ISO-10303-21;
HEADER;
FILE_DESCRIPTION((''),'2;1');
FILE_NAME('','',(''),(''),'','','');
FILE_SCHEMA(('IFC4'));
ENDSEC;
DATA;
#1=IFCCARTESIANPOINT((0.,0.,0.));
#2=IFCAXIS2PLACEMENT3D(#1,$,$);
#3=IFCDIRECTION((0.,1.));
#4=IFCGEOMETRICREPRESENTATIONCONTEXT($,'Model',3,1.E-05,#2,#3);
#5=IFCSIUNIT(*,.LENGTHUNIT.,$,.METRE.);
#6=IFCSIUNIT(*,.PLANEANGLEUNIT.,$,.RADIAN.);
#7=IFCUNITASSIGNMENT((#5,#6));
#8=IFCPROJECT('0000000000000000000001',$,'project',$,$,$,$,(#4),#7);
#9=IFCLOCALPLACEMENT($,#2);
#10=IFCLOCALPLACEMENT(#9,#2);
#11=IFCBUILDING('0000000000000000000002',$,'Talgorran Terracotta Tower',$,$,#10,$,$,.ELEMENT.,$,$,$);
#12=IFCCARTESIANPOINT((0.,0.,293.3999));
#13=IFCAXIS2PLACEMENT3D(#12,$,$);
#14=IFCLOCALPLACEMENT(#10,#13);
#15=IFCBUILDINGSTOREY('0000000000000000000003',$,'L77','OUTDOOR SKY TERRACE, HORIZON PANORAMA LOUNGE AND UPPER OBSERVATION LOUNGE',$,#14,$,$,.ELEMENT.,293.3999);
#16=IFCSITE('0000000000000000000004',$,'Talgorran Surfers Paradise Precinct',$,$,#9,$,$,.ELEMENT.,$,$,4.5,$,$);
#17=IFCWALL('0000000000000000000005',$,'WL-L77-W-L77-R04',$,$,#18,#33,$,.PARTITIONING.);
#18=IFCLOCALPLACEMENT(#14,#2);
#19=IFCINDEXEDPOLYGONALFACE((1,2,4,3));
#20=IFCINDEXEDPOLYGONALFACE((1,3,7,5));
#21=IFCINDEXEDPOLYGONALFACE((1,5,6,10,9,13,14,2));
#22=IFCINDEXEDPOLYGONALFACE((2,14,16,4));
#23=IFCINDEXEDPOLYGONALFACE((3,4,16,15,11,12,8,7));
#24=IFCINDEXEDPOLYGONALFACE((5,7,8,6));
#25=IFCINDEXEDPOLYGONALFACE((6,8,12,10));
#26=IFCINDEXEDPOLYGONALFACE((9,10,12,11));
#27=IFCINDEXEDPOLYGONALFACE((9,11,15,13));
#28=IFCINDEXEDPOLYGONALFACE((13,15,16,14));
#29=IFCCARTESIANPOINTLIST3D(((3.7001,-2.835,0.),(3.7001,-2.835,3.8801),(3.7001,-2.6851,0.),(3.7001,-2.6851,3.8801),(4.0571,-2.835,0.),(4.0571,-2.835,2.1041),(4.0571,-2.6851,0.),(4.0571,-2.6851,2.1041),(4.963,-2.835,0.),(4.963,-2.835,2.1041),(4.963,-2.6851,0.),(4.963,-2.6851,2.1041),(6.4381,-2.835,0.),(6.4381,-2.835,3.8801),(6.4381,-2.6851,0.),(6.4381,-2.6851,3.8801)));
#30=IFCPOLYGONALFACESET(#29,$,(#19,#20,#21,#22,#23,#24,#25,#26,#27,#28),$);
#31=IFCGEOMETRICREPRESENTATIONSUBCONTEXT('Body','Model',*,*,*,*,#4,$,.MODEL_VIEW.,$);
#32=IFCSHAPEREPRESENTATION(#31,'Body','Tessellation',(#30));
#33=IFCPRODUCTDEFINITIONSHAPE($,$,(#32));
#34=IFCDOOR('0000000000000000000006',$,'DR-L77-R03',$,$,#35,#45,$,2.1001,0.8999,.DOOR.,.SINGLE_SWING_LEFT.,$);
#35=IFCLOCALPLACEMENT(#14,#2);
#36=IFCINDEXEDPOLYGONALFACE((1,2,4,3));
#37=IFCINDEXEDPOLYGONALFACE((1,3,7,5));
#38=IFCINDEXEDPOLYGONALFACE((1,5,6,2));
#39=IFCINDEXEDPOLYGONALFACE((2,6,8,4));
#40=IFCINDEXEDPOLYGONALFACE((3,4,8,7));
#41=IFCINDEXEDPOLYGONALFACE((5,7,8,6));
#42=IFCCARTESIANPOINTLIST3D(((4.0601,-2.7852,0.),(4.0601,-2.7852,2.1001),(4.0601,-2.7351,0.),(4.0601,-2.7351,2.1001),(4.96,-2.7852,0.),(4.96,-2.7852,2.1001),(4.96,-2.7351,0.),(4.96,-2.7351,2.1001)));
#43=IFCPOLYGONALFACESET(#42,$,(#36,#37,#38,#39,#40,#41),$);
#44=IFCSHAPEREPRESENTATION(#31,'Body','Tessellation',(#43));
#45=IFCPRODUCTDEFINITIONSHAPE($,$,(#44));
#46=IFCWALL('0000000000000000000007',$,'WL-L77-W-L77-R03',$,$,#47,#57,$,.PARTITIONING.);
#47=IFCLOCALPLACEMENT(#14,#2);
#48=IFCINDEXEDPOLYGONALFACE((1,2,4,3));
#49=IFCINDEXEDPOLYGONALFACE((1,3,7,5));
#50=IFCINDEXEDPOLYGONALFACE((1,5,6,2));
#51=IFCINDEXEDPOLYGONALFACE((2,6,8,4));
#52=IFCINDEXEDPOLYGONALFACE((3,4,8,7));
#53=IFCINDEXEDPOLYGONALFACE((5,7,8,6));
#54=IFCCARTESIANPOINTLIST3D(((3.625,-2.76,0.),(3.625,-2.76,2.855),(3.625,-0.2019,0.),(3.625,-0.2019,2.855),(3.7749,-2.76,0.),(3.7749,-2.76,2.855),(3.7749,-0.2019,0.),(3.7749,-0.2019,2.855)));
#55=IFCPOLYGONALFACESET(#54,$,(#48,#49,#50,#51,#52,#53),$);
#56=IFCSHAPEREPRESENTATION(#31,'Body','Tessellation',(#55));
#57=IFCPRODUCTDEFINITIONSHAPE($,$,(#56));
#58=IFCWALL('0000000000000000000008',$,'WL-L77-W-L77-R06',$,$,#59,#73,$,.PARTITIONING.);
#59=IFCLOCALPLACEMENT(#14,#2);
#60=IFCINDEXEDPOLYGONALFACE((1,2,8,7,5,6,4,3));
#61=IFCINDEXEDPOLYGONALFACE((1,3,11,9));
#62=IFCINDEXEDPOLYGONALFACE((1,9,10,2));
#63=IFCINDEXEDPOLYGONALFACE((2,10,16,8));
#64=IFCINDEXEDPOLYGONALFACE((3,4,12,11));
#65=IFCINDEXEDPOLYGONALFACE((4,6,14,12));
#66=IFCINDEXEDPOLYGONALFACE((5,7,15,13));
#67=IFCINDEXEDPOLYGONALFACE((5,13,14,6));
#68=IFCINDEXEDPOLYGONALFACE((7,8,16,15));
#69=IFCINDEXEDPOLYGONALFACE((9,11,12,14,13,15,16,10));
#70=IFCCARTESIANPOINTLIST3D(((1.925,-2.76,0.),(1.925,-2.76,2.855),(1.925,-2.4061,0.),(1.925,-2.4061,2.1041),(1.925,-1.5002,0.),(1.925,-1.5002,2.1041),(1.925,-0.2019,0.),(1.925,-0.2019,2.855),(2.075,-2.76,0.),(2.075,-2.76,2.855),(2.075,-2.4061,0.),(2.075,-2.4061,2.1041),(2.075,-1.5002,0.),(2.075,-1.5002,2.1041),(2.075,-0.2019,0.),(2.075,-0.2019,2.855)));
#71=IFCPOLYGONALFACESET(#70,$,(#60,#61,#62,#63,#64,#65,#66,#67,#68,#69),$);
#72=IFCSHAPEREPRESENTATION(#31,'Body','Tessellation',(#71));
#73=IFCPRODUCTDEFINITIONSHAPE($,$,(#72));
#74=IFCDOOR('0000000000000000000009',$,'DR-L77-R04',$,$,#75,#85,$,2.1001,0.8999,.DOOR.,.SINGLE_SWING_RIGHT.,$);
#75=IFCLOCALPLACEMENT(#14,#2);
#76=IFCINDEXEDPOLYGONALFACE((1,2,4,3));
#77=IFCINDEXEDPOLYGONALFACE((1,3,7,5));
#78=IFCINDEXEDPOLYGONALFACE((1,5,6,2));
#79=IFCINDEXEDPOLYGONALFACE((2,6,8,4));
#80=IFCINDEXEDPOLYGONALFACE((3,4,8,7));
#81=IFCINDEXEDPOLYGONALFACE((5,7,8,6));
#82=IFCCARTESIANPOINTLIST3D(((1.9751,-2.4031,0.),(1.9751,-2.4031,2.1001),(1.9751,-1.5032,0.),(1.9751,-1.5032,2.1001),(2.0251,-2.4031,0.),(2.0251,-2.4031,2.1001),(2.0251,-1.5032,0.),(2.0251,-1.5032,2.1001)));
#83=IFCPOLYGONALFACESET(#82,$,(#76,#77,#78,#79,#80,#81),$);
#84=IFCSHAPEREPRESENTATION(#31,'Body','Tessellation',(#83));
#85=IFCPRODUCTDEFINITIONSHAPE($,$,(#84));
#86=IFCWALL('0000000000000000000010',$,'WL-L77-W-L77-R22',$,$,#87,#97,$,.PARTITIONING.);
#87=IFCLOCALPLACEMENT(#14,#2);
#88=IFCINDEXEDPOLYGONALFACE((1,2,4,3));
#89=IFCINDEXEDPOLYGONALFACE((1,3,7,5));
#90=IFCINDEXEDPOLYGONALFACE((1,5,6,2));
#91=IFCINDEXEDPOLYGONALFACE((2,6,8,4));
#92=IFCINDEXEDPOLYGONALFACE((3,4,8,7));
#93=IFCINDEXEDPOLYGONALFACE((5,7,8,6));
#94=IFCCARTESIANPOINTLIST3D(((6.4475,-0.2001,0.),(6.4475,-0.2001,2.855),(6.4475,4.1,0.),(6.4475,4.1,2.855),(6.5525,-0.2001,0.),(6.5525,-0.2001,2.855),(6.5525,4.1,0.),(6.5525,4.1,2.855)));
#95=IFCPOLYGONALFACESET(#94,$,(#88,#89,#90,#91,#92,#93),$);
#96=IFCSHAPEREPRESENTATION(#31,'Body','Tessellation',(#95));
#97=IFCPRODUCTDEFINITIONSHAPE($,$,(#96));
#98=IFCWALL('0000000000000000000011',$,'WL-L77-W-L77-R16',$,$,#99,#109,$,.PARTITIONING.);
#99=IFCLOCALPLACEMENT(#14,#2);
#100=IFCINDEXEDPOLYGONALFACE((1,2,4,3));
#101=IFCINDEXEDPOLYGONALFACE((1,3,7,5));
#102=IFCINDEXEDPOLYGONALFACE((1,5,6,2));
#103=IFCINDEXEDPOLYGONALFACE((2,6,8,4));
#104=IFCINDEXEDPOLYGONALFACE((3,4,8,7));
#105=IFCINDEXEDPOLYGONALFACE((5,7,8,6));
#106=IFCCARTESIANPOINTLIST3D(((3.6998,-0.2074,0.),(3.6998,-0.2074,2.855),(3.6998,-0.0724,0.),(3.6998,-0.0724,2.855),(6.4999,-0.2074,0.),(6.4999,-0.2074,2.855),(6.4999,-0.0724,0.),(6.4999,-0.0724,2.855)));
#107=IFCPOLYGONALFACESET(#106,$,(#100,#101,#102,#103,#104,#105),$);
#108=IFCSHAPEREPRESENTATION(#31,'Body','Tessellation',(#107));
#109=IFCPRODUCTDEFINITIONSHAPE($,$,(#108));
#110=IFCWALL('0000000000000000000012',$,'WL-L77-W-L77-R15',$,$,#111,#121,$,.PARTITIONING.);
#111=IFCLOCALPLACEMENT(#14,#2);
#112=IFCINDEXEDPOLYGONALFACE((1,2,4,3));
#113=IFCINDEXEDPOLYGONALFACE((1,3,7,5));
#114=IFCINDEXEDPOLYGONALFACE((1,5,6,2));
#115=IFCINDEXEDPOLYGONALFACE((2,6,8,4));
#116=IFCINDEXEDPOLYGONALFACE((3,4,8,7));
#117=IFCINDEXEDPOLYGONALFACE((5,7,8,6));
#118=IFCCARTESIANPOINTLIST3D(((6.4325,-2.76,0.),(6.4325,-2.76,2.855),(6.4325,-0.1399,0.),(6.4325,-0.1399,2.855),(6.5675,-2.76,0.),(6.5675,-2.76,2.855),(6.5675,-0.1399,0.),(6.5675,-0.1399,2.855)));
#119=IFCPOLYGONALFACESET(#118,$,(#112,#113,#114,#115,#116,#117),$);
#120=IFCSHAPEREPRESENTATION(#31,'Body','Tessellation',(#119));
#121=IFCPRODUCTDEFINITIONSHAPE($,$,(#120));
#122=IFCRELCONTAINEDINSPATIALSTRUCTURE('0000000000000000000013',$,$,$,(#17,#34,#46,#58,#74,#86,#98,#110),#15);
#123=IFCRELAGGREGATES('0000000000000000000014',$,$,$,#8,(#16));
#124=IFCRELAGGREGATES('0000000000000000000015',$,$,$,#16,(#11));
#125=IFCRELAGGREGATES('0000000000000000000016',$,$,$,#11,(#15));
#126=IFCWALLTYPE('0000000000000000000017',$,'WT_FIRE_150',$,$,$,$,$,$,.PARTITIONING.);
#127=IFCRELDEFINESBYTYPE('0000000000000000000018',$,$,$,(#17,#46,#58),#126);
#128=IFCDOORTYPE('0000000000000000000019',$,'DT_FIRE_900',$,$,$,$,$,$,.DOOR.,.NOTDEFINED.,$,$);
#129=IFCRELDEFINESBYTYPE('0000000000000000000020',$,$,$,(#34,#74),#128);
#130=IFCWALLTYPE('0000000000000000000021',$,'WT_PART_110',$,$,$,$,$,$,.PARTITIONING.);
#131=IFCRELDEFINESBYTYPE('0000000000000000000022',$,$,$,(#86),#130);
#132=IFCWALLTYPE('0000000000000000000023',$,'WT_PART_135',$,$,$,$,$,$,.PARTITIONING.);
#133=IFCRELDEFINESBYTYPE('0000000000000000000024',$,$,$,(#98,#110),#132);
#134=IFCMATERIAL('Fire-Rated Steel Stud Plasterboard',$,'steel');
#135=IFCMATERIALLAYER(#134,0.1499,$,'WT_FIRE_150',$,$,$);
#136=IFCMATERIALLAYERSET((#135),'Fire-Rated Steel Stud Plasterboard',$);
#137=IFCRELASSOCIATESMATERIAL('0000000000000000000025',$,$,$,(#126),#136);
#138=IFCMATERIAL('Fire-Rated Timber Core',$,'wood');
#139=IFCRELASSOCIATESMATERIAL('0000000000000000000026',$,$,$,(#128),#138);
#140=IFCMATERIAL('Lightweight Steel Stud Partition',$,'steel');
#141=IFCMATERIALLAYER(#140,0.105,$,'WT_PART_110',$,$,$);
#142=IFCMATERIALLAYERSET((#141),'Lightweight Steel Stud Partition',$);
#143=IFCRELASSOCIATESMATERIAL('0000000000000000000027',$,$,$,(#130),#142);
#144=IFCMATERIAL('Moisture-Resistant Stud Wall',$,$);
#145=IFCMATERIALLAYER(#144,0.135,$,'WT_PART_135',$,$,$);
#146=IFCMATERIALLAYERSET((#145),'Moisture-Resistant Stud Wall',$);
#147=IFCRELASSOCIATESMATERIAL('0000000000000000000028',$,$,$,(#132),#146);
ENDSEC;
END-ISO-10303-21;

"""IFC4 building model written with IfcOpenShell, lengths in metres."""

from ifc_helpers import new_model, si_unit, direction, frame, frame_2d, origin, place, context, subcontext, project, spatial, rectangle, extrude, material, layer, layer_set, type_object, element, fill, save


model = new_model("IFC4")

# Units and contexts
model_context = context("Model", 3, precision=1e-05, world=origin(), true_north=direction((0.0, 1.0)))
body_context = subcontext(model_context, "Body", "Model", "MODEL_VIEW")
ifc_project = project(units=[si_unit("LENGTHUNIT", "METRE"), si_unit("PLANEANGLEUNIT", "RADIAN")], contexts=[model_context])

# Site, building, storey
site_placement = place(None, origin())
site = spatial("IfcSite", under=ifc_project, at=site_placement, Name="Talgorran Surfers Paradise Precinct", CompositionType="ELEMENT", RefElevation=4.5)
building_placement = place(site_placement, origin())
building = spatial("IfcBuilding", under=site, at=building_placement, Name="Talgorran Terracotta Tower", CompositionType="ELEMENT")
storey_placement = place(building_placement, frame((0.0, 0.0, 293.3999)))
storey = spatial("IfcBuildingStorey", under=building, at=storey_placement, Name="L77", Description="OUTDOOR SKY TERRACE, HORIZON PANORAMA LOUNGE AND UPPER OBSERVATION LOUNGE", CompositionType="ELEMENT", Elevation=293.3999)

# Wall, opening, door
ifc_material_1 = material(Name="Fire-Rated Steel Stud Plasterboard", Category="steel")
ifc_layer_1 = layer(ifc_material_1, 0.1499, Name="WT_FIRE_150")
ifc_layer_set_1 = layer_set([ifc_layer_1], Name="Fire-Rated Steel Stud Plasterboard")
wall_type_1 = type_object("IfcWallType", Name="WT_FIRE_150", PredefinedType="PARTITIONING", material=ifc_layer_set_1)
ifc_material_2 = material(Name="Fire-Rated Timber Core", Category="wood")
door_type = type_object("IfcDoorType", Name="DT_FIRE_900", OperationType="NOTDEFINED", PredefinedType="DOOR", material=ifc_material_2)
wall_1_placement = place(storey_placement, frame((3.7, -2.76, 0.0), z_axis=(0.0, 0.0, 1.0), x_axis=(1.0, 0.0, 0.0)))
wall_1 = element("IfcWall", 1, at=wall_1_placement, inside=storey, type_object=wall_type_1, Name="WL-L77-W-L77-R04", PredefinedType="PARTITIONING", context=body_context, shape_type="SweptSolid", body=[
    extrude(rectangle(XDim=2.738, YDim=0.1499, at=frame_2d((1.3691, 0.0))), origin(), (0.0, 0.0, 1.0), 3.8801),
])
opening_1_placement = place(wall_1_placement, frame((0.3601, 0.0, 0.0)))
opening_1 = element("IfcOpeningElement", 2, at=opening_1_placement, cuts=wall_1, PredefinedType="OPENING", context=body_context, shape_type="SweptSolid", body=[
    extrude(rectangle(XDim=0.9059, YDim=2.1041, at=frame_2d((0.45, 1.052))), frame((0.0, 0.085, 0.0), z_axis=(0.0, -1.0, 0.0), x_axis=(1.0, 0.0, 0.0)), (0.0, 0.0, 1.0), 0.1699),
])
door_1_placement = place(opening_1_placement, origin())
door_1 = element("IfcDoor", 3, at=door_1_placement, inside=storey, type_object=door_type, Name="DR-L77-R03", OperationType="SINGLE_SWING_LEFT", OverallHeight=2.1001, OverallWidth=0.8999, PredefinedType="DOOR", context=body_context, shape_type="SweptSolid", body=[
    extrude(rectangle(XDim=0.8999, YDim=2.1001, at=frame_2d((0.45, 1.05))), frame((0.0, 0.0249, 0.0), z_axis=(0.0, -1.0, 0.0), x_axis=(1.0, 0.0, 0.0)), (0.0, 0.0, 1.0), 0.05),
])
fill(opening_1, door_1)

# Wall
wall_2_placement = place(storey_placement, frame((3.7, -2.76, 0.0), z_axis=(0.0, 0.0, 1.0), x_axis=(0.0, 1.0, 0.0)))
element("IfcWall", 4, at=wall_2_placement, inside=storey, type_object=wall_type_1, Name="WL-L77-W-L77-R03", PredefinedType="PARTITIONING", context=body_context, shape_type="SweptSolid", body=[
    extrude(rectangle(XDim=2.5581, YDim=0.1499, at=frame_2d((1.2791, 0.0))), origin(), (0.0, 0.0, 1.0), 2.855),
])

# Wall, opening, door
wall_3_placement = place(storey_placement, frame((2.0, -2.76, 0.0), z_axis=(0.0, 0.0, 1.0), x_axis=(0.0, 1.0, 0.0)))
wall_3 = element("IfcWall", 5, at=wall_3_placement, inside=storey, type_object=wall_type_1, Name="WL-L77-W-L77-R06", PredefinedType="PARTITIONING", context=body_context, shape_type="SweptSolid", body=[
    extrude(rectangle(XDim=2.5581, YDim=0.1499, at=frame_2d((1.2791, 0.0))), origin(), (0.0, 0.0, 1.0), 2.855),
])
opening_2_placement = place(wall_3_placement, frame((0.3569, 0.0, 0.0)))
opening_2 = element("IfcOpeningElement", 6, at=opening_2_placement, cuts=wall_3, PredefinedType="OPENING", context=body_context, shape_type="SweptSolid", body=[
    extrude(rectangle(XDim=0.9059, YDim=2.1041, at=frame_2d((0.45, 1.052))), frame((0.0, 0.085, 0.0), z_axis=(0.0, -1.0, 0.0), x_axis=(1.0, 0.0, 0.0)), (0.0, 0.0, 1.0), 0.1699),
])
door_2_placement = place(opening_2_placement, origin())
door_2 = element("IfcDoor", 7, at=door_2_placement, inside=storey, type_object=door_type, Name="DR-L77-R04", OperationType="SINGLE_SWING_RIGHT", OverallHeight=2.1001, OverallWidth=0.8999, PredefinedType="DOOR", context=body_context, shape_type="SweptSolid", body=[
    extrude(rectangle(XDim=0.8999, YDim=2.1001, at=frame_2d((0.45, 1.05))), frame((0.0, 0.0249, 0.0), z_axis=(0.0, -1.0, 0.0), x_axis=(1.0, 0.0, 0.0)), (0.0, 0.0, 1.0), 0.05),
])
fill(opening_2, door_2)

# Walls
ifc_material_3 = material(Name="Lightweight Steel Stud Partition", Category="steel")
ifc_layer_2 = layer(ifc_material_3, 0.105, Name="WT_PART_110")
ifc_layer_set_2 = layer_set([ifc_layer_2], Name="Lightweight Steel Stud Partition")
wall_type_2 = type_object("IfcWallType", Name="WT_PART_110", PredefinedType="PARTITIONING", material=ifc_layer_set_2)
wall_4_placement = place(storey_placement, frame((6.5, -0.2, 0.0), z_axis=(0.0, 0.0, 1.0), x_axis=(0.0, 1.0, 0.0)))
element("IfcWall", 8, at=wall_4_placement, inside=storey, type_object=wall_type_2, Name="WL-L77-W-L77-R22", PredefinedType="PARTITIONING", context=body_context, shape_type="SweptSolid", body=[
    extrude(rectangle(XDim=4.3, YDim=0.105, at=frame_2d((2.1499, 0.0))), origin(), (0.0, 0.0, 1.0), 2.855),
])
ifc_material_4 = material(Name="Moisture-Resistant Stud Wall")
ifc_layer_3 = layer(ifc_material_4, 0.135, Name="WT_PART_135")
ifc_layer_set_3 = layer_set([ifc_layer_3], Name="Moisture-Resistant Stud Wall")
wall_type_3 = type_object("IfcWallType", Name="WT_PART_135", PredefinedType="PARTITIONING", material=ifc_layer_set_3)
wall_5_placement = place(storey_placement, frame((3.7, -0.1399, 0.0), z_axis=(0.0, 0.0, 1.0), x_axis=(1.0, 0.0, 0.0)))
element("IfcWall", 9, at=wall_5_placement, inside=storey, type_object=wall_type_3, Name="WL-L77-W-L77-R16", PredefinedType="PARTITIONING", context=body_context, shape_type="SweptSolid", body=[
    extrude(rectangle(XDim=2.8, YDim=0.135, at=frame_2d((1.3999, 0.0))), origin(), (0.0, 0.0, 1.0), 2.855),
])
wall_6_placement = place(storey_placement, frame((6.5, -2.76, 0.0), z_axis=(0.0, 0.0, 1.0), x_axis=(0.0, 1.0, 0.0)))
element("IfcWall", 10, at=wall_6_placement, inside=storey, type_object=wall_type_3, Name="WL-L77-W-L77-R15", PredefinedType="PARTITIONING", context=body_context, shape_type="SweptSolid", body=[
    extrude(rectangle(XDim=2.6201, YDim=0.135, at=frame_2d((1.3101, 0.0))), origin(), (0.0, 0.0, 1.0), 2.855),
])

save(model, "model.ifc")
